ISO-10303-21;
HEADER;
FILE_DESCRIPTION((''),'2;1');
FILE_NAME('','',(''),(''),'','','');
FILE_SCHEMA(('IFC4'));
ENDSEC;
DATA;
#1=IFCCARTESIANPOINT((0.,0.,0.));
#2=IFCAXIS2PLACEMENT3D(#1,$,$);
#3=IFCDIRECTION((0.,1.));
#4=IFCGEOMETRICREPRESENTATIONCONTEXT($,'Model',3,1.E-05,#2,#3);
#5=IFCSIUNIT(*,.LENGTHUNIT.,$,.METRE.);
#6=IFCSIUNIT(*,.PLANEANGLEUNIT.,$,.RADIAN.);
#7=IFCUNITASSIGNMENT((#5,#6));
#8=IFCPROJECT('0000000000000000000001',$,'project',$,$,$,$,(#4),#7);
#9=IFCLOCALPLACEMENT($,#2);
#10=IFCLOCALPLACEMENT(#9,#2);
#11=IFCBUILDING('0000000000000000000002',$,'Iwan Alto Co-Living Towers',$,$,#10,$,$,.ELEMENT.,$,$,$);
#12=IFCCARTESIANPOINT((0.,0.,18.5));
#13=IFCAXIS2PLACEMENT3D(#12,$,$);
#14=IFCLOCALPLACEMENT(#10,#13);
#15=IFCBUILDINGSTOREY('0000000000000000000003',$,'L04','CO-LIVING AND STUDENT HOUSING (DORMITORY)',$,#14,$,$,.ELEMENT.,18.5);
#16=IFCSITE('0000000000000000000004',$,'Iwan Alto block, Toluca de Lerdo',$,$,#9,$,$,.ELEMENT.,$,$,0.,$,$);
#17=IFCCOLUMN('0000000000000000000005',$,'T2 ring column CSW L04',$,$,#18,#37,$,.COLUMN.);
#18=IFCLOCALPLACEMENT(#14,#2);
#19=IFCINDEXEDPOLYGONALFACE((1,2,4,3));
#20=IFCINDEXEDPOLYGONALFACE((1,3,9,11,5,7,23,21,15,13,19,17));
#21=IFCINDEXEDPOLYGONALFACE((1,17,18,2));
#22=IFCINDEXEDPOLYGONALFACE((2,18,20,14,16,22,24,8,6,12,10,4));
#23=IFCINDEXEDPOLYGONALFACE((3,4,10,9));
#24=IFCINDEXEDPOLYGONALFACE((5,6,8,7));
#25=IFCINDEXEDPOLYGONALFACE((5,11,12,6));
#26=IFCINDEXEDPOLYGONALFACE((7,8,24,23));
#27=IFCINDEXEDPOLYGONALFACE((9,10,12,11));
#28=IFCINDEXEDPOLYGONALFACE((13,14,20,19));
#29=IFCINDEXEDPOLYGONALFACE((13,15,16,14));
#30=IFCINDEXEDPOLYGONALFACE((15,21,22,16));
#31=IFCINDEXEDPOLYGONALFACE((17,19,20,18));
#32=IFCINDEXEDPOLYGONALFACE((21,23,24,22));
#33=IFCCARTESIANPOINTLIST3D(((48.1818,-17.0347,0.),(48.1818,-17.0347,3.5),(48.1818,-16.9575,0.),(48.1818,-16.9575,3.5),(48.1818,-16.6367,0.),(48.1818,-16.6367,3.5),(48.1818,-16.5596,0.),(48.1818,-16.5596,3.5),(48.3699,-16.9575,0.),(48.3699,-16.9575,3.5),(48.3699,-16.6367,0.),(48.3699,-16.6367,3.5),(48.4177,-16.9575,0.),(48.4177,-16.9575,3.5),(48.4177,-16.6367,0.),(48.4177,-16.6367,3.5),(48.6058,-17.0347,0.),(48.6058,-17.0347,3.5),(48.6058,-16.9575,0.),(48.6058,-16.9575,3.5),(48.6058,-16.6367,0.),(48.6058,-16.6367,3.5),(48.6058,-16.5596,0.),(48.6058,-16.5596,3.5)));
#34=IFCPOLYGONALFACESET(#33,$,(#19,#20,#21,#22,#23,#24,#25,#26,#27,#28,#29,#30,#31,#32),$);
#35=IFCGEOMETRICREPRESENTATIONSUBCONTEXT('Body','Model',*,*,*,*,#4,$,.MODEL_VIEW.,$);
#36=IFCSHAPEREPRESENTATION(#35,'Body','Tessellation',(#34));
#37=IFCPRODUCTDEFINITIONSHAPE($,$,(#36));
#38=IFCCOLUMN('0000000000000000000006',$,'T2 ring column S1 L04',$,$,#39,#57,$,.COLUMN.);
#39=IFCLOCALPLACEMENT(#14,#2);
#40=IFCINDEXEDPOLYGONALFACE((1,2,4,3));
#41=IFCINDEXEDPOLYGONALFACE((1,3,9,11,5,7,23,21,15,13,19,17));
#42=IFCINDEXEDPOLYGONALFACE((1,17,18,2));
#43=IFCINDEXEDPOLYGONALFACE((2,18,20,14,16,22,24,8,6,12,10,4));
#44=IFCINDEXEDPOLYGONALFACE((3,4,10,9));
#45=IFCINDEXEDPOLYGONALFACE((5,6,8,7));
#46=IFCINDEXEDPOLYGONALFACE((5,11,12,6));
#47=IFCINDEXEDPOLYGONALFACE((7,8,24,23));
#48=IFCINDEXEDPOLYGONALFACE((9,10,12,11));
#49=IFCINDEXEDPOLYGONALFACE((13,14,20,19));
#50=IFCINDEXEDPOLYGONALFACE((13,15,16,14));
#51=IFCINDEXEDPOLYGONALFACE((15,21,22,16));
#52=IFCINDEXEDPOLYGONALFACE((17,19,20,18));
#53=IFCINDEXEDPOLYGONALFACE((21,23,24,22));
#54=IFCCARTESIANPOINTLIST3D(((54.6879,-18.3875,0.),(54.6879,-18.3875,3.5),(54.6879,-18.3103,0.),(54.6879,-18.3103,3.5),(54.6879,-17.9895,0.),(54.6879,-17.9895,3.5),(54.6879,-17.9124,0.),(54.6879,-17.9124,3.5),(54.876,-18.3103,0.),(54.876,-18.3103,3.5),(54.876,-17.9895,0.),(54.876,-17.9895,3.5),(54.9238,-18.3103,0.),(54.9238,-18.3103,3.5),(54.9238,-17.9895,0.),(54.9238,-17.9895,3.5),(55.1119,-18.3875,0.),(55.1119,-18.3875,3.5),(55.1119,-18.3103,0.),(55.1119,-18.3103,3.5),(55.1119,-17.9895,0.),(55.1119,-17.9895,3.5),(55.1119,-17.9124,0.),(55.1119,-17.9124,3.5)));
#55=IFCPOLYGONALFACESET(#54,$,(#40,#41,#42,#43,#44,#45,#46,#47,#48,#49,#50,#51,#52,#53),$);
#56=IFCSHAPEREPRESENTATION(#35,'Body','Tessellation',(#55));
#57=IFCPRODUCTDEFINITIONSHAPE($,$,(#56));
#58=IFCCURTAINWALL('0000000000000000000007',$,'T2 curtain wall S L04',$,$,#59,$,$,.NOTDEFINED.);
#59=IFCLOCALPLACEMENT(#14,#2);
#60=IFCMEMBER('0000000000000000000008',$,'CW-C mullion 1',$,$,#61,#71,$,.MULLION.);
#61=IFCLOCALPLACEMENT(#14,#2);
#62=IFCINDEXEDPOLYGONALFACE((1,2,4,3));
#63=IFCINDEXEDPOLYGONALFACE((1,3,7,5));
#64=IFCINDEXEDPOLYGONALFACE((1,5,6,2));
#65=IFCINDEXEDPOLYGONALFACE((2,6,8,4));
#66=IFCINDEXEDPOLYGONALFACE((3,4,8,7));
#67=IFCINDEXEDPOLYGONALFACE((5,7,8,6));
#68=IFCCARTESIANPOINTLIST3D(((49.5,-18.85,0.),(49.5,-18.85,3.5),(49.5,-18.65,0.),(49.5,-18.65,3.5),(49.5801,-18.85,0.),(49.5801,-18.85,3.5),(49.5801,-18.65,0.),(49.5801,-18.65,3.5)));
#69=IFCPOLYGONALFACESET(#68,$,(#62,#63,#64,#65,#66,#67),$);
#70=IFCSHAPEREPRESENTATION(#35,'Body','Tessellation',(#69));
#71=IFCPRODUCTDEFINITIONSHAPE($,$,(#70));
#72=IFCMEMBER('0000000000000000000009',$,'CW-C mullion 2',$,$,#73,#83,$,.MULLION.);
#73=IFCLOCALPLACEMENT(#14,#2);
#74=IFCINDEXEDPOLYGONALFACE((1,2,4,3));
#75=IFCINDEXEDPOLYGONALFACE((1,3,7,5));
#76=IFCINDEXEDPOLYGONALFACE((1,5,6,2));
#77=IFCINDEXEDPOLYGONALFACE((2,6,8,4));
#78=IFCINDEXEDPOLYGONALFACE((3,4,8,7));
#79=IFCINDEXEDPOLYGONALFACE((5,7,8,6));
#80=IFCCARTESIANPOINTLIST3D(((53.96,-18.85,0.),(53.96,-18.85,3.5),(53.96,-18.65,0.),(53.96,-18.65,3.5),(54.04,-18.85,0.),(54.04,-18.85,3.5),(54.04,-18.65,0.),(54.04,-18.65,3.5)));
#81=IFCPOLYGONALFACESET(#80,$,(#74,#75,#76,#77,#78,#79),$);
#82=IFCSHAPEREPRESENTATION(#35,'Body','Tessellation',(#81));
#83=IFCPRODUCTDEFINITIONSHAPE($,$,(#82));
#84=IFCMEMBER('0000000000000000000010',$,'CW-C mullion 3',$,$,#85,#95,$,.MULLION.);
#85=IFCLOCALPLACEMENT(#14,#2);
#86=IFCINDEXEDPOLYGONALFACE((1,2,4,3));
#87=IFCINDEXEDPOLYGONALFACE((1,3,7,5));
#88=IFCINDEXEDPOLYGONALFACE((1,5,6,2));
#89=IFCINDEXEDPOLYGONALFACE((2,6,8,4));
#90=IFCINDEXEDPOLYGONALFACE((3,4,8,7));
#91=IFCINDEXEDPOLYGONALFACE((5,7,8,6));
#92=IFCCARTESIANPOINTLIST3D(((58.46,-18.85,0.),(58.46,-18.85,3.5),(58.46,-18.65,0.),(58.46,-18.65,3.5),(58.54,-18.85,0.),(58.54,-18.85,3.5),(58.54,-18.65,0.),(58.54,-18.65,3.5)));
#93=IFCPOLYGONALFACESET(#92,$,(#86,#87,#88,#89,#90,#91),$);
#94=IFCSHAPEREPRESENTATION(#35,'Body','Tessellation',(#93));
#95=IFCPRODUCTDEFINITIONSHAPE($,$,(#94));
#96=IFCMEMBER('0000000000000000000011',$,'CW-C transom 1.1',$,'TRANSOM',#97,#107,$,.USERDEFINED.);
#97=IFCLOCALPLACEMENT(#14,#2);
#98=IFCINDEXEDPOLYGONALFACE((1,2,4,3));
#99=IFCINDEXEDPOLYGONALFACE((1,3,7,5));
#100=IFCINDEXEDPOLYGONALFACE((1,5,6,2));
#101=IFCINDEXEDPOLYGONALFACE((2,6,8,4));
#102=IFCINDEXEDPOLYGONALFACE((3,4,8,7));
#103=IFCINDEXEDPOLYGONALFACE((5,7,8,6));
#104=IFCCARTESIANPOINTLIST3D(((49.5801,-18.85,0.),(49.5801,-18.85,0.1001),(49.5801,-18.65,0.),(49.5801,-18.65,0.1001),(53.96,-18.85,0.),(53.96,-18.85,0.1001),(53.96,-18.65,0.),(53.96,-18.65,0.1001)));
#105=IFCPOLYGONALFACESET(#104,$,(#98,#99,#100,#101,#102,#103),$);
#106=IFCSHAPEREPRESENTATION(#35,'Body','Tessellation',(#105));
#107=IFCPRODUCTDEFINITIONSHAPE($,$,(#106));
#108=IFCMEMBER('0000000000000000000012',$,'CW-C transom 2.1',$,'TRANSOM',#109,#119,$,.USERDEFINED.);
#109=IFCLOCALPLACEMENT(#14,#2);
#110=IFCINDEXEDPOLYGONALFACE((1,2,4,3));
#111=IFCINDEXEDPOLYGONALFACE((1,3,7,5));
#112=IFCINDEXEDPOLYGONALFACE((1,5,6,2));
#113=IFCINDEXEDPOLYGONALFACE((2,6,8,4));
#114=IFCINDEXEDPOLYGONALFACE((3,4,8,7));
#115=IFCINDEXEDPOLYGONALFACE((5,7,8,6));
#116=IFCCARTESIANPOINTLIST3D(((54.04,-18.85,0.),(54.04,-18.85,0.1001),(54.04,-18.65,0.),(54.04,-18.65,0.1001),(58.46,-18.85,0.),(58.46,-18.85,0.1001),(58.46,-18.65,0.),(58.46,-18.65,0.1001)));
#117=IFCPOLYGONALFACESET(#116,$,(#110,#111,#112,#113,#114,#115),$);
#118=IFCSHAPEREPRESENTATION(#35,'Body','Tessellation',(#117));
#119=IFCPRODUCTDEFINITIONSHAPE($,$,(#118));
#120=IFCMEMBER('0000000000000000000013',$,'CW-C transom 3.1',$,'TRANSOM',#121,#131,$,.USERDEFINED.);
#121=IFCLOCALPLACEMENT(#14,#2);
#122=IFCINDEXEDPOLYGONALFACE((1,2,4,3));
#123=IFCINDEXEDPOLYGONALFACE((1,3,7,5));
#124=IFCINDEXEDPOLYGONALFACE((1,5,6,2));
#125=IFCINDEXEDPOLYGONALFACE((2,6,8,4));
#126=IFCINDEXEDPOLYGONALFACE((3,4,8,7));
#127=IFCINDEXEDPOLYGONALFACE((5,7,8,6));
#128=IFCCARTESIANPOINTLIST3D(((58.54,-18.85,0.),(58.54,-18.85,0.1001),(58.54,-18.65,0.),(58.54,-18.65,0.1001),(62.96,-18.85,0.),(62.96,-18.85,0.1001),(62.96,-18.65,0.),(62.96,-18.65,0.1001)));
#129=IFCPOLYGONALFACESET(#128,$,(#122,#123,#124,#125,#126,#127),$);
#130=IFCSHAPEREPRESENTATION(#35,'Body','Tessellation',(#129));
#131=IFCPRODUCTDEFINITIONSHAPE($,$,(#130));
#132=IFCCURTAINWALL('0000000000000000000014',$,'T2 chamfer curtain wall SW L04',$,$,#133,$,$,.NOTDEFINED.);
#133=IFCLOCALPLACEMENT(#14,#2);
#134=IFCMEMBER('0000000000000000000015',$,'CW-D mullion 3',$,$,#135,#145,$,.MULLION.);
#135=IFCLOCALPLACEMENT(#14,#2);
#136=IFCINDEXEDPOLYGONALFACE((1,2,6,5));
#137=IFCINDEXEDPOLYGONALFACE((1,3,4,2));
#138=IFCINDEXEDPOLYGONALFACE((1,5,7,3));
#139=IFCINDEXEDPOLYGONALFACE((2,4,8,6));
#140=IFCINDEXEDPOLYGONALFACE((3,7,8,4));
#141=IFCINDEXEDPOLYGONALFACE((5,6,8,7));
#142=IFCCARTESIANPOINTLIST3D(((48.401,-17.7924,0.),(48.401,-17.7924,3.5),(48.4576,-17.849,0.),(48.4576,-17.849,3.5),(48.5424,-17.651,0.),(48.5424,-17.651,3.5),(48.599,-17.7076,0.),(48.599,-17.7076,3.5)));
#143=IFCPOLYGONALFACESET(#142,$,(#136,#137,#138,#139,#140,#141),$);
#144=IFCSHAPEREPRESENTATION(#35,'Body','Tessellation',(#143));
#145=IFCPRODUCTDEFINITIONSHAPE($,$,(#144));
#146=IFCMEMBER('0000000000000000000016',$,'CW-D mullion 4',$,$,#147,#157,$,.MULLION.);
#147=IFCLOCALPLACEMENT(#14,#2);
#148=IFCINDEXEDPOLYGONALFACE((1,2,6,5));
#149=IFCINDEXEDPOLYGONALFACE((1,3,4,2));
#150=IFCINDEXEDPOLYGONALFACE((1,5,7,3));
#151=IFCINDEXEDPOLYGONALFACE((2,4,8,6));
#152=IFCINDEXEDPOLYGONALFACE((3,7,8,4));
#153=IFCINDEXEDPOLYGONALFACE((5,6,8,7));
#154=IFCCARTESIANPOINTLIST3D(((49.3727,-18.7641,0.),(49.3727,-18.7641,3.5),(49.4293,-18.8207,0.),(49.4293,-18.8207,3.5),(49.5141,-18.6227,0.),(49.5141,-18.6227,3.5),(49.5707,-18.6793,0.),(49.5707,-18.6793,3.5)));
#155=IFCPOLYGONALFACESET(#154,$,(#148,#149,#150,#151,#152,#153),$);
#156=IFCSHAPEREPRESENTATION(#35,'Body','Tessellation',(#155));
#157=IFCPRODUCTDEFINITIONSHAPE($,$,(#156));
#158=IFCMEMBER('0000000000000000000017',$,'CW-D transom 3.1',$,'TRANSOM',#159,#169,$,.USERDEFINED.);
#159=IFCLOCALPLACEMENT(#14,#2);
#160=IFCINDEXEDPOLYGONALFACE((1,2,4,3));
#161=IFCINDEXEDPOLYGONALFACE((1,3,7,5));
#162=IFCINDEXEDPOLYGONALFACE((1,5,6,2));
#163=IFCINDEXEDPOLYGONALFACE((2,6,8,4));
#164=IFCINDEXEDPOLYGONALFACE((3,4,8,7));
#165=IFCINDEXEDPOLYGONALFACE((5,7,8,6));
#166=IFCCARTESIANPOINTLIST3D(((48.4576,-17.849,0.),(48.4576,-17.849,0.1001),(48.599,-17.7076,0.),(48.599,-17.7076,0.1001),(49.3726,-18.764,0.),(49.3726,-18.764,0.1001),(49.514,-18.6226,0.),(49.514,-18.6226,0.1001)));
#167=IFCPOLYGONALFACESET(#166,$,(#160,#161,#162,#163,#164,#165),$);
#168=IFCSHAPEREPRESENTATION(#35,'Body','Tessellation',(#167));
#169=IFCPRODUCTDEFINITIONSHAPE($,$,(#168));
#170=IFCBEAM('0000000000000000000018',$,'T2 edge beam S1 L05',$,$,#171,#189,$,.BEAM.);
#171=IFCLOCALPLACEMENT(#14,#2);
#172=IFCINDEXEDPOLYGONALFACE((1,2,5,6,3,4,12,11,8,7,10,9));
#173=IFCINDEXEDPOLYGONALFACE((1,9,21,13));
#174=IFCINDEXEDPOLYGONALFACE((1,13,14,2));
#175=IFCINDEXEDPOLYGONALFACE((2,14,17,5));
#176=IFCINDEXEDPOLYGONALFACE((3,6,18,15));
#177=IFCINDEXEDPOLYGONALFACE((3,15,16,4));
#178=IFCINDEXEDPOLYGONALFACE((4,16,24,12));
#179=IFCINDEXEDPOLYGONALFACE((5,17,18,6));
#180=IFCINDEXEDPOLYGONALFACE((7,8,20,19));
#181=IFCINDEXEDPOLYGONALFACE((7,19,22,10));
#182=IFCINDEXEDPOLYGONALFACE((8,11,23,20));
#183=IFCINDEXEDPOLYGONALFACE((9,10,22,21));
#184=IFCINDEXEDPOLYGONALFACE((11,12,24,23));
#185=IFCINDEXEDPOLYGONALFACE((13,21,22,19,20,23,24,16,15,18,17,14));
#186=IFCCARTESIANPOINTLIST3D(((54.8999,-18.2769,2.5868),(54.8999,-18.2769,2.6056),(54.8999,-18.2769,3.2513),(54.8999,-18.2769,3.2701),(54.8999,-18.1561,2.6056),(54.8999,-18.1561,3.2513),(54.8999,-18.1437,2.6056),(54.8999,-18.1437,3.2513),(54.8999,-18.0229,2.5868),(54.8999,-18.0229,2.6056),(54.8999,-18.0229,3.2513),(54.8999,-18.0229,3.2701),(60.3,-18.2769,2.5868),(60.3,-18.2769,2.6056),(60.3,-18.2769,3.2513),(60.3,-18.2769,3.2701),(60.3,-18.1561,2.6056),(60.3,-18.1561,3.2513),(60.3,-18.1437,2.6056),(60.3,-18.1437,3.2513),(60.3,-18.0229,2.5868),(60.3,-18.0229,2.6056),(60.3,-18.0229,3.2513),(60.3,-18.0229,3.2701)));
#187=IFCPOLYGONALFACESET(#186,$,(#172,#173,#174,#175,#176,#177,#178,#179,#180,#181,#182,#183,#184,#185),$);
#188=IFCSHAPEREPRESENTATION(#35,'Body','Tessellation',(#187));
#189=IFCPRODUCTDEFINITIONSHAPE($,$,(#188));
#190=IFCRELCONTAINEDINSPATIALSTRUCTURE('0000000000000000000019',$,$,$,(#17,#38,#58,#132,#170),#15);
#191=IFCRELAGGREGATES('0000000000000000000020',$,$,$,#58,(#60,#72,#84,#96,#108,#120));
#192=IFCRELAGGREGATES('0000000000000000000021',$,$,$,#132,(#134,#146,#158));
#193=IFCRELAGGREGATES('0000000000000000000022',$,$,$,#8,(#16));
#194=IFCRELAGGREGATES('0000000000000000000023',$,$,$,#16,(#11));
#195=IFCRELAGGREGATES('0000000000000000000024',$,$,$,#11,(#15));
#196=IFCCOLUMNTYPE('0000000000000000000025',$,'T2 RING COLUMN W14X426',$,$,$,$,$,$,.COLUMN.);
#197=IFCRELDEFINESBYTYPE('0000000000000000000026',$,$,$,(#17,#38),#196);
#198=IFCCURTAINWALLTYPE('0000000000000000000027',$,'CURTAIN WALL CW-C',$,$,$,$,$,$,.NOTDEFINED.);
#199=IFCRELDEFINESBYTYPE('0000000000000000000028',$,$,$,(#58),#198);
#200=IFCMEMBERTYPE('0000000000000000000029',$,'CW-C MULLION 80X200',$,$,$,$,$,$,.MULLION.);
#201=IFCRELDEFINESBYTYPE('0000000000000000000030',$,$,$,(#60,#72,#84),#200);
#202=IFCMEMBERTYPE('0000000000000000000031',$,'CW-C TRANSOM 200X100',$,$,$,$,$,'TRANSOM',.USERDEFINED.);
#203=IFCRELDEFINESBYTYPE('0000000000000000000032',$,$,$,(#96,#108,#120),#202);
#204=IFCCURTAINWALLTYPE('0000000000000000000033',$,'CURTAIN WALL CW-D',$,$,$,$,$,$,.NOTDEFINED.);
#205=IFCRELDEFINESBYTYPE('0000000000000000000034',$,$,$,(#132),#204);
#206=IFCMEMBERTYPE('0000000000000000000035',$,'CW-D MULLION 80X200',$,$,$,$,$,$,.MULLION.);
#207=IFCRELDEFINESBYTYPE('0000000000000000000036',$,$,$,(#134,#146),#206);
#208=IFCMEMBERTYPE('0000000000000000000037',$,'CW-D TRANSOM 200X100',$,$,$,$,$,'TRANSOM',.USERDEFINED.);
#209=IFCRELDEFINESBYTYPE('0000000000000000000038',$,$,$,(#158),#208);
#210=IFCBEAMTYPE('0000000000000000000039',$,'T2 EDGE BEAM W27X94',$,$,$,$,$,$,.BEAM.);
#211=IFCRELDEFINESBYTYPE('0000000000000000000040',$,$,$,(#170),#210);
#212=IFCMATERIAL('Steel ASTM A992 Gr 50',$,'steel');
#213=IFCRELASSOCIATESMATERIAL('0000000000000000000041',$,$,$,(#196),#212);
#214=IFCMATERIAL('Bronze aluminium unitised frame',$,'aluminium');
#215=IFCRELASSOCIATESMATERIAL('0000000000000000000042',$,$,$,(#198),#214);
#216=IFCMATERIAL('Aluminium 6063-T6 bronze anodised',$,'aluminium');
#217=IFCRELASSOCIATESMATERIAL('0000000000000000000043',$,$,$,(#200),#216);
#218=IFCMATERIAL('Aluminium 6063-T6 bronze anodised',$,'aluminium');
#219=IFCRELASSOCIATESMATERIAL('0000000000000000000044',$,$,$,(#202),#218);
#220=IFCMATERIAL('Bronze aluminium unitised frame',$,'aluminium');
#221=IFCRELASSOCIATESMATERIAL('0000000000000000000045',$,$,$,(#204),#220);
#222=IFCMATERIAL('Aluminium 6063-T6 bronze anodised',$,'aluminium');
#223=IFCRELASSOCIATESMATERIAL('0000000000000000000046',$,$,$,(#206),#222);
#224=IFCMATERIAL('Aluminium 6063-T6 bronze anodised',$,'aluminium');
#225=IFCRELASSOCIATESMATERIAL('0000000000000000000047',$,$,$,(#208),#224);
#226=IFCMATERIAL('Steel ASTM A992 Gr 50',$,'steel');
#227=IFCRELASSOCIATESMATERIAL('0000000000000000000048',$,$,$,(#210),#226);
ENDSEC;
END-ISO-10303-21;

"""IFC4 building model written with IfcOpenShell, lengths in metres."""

from ifc_helpers import new_model, si_unit, direction, frame, origin, origin_2d, place, context, subcontext, project, spatial, rectangle, i_section, extrude, material, material_profile, profile_set, type_object, element, aggregate, save


model = new_model("IFC4")

# Units and contexts
model_context = context("Model", 3, precision=1e-05, world=origin(), true_north=direction((0.0, 1.0)))
body_context = subcontext(model_context, "Body", "Model", "MODEL_VIEW")
ifc_project = project(units=[si_unit("LENGTHUNIT", "METRE"), si_unit("PLANEANGLEUNIT", "RADIAN")], contexts=[model_context])

# Site, building, storey
site_placement = place(None, origin())
site = spatial("IfcSite", under=ifc_project, at=site_placement, Name="Iwan Alto block, Toluca de Lerdo", CompositionType="ELEMENT", RefElevation=0.0)
building_placement = place(site_placement, origin())
building = spatial("IfcBuilding", under=site, at=building_placement, Name="Iwan Alto Co-Living Towers", CompositionType="ELEMENT")
storey_placement = place(building_placement, frame((0.0, 0.0, 18.5)))
storey = spatial("IfcBuildingStorey", under=building, at=storey_placement, Name="L04", Description="CO-LIVING AND STUDENT HOUSING (DORMITORY)", CompositionType="ELEMENT", Elevation=18.5)

# Columns
ifc_material_1 = material(Name="Steel ASTM A992 Gr 50", Category="steel")
ifc_material_profile_1 = material_profile(ifc_material_1, i_section(OverallWidth=0.4241, OverallDepth=0.4751, WebThickness=0.0479, FlangeThickness=0.0771, at=origin_2d()), Name="W14X426")
ifc_profile_set_1 = profile_set([ifc_material_profile_1], Name="Steel ASTM A992 Gr 50")
column_type = type_object("IfcColumnType", Name="T2 RING COLUMN W14X426", PredefinedType="COLUMN", material=ifc_profile_set_1)
for number, where, z_axis, x_axis, name in (
    (1, (48.3938, -16.7971, 0.0), (0.0, 0.0, 1.0), (1.0, 0.0, 0.0), "T2 ring column CSW L04"),
    (2, (54.8999, -18.1499, 0.0), (0.0, 0.0, 1.0), (1.0, 0.0, 0.0), "T2 ring column S1 L04"),
):
    element("IfcColumn", number, at=place(storey_placement, frame(where, z_axis=z_axis, x_axis=x_axis)), inside=storey, type_object=column_type, Name=name, PredefinedType="COLUMN", context=body_context, shape_type="SweptSolid", body=[
        extrude(i_section(OverallWidth=0.4241, OverallDepth=0.4751, WebThickness=0.0479, FlangeThickness=0.0771, at=origin_2d()), origin(), (0.0, 0.0, 1.0), 3.5),
    ])

# Curtain walls, members
ifc_material_2 = material(Name="Bronze aluminium unitised frame", Category="aluminium")
curtain_wall_type_1 = type_object("IfcCurtainWallType", Name="CURTAIN WALL CW-C", PredefinedType="NOTDEFINED", material=ifc_material_2)
curtain_wall_1_placement = place(storey_placement, origin())
curtain_wall_1 = element("IfcCurtainWall", 3, at=curtain_wall_1_placement, inside=storey, type_object=curtain_wall_type_1, Name="T2 curtain wall S L04", PredefinedType="NOTDEFINED")
ifc_material_3 = material(Name="Aluminium 6063-T6 bronze anodised", Category="aluminium")
ifc_material_profile_2 = material_profile(ifc_material_3, rectangle(XDim=0.2, YDim=0.0801, at=origin_2d()), Name="AL 80X200")
ifc_profile_set_2 = profile_set([ifc_material_profile_2], Name="Aluminium 6063-T6 bronze anodised")
member_type_1 = type_object("IfcMemberType", Name="CW-C MULLION 80X200", PredefinedType="MULLION", material=ifc_profile_set_2)
member_1_placement = place(storey_placement, frame((49.54, -18.75, 0.0), z_axis=(0.0, 0.0, 1.0), x_axis=(0.0, 1.0, 0.0)))
member_1 = element("IfcMember", 4, at=member_1_placement, type_object=member_type_1, Name="CW-C mullion 1", PredefinedType="MULLION", context=body_context, shape_type="SweptSolid", body=[
    extrude(rectangle(XDim=0.2, YDim=0.0801, at=origin_2d()), origin(), (0.0, 0.0, 1.0), 3.5),
])
member_2_placement = place(storey_placement, frame((54.0, -18.75, 0.0), z_axis=(0.0, 0.0, 1.0), x_axis=(0.0, 1.0, 0.0)))
member_2 = element("IfcMember", 5, at=member_2_placement, type_object=member_type_1, Name="CW-C mullion 2", PredefinedType="MULLION", context=body_context, shape_type="SweptSolid", body=[
    extrude(rectangle(XDim=0.2, YDim=0.0801, at=origin_2d()), origin(), (0.0, 0.0, 1.0), 3.5),
])
member_3_placement = place(storey_placement, frame((58.5, -18.75, 0.0), z_axis=(0.0, 0.0, 1.0), x_axis=(0.0, 1.0, 0.0)))
member_3 = element("IfcMember", 6, at=member_3_placement, type_object=member_type_1, Name="CW-C mullion 3", PredefinedType="MULLION", context=body_context, shape_type="SweptSolid", body=[
    extrude(rectangle(XDim=0.2, YDim=0.0801, at=origin_2d()), origin(), (0.0, 0.0, 1.0), 3.5),
])
ifc_material_4 = material(Name="Aluminium 6063-T6 bronze anodised", Category="aluminium")
ifc_material_profile_3 = material_profile(ifc_material_4, rectangle(XDim=0.2, YDim=0.1001, at=origin_2d()), Name="AL 200X100")
ifc_profile_set_3 = profile_set([ifc_material_profile_3], Name="Aluminium 6063-T6 bronze anodised")
member_type_2 = type_object("IfcMemberType", Name="CW-C TRANSOM 200X100", ElementType="TRANSOM", PredefinedType="USERDEFINED", material=ifc_profile_set_3)
member_4_placement = place(storey_placement, frame((49.5801, -18.75, 0.05), z_axis=(1.0, 0.0, 0.0), x_axis=(0.0, 1.0, 0.0)))
member_4 = element("IfcMember", 7, at=member_4_placement, type_object=member_type_2, Name="CW-C transom 1.1", ObjectType="TRANSOM", PredefinedType="USERDEFINED", context=body_context, shape_type="SweptSolid", body=[
    extrude(rectangle(XDim=0.2, YDim=0.1001, at=origin_2d()), origin(), (0.0, 0.0, 1.0), 4.3799),
])
member_5_placement = place(storey_placement, frame((54.04, -18.75, 0.05), z_axis=(1.0, 0.0, 0.0), x_axis=(0.0, 1.0, 0.0)))
member_5 = element("IfcMember", 8, at=member_5_placement, type_object=member_type_2, Name="CW-C transom 2.1", ObjectType="TRANSOM", PredefinedType="USERDEFINED", context=body_context, shape_type="SweptSolid", body=[
    extrude(rectangle(XDim=0.2, YDim=0.1001, at=origin_2d()), origin(), (0.0, 0.0, 1.0), 4.4199),
])
member_6_placement = place(storey_placement, frame((58.54, -18.75, 0.05), z_axis=(1.0, 0.0, 0.0), x_axis=(0.0, 1.0, 0.0)))
member_6 = element("IfcMember", 9, at=member_6_placement, type_object=member_type_2, Name="CW-C transom 3.1", ObjectType="TRANSOM", PredefinedType="USERDEFINED", context=body_context, shape_type="SweptSolid", body=[
    extrude(rectangle(XDim=0.2, YDim=0.1001, at=origin_2d()), origin(), (0.0, 0.0, 1.0), 4.4199),
])
ifc_material_5 = material(Name="Bronze aluminium unitised frame", Category="aluminium")
curtain_wall_type_2 = type_object("IfcCurtainWallType", Name="CURTAIN WALL CW-D", PredefinedType="NOTDEFINED", material=ifc_material_5)
curtain_wall_2_placement = place(storey_placement, origin())
curtain_wall_2 = element("IfcCurtainWall", 10, at=curtain_wall_2_placement, inside=storey, type_object=curtain_wall_type_2, Name="T2 chamfer curtain wall SW L04", PredefinedType="NOTDEFINED")
ifc_material_6 = material(Name="Aluminium 6063-T6 bronze anodised", Category="aluminium")
ifc_material_profile_4 = material_profile(ifc_material_6, rectangle(XDim=0.2, YDim=0.0801, at=origin_2d()), Name="AL 80X200")
ifc_profile_set_4 = profile_set([ifc_material_profile_4], Name="Aluminium 6063-T6 bronze anodised")
member_type_3 = type_object("IfcMemberType", Name="CW-D MULLION 80X200", PredefinedType="MULLION", material=ifc_profile_set_4)
member_7_placement = place(storey_placement, frame((48.5, -17.75, 0.0), z_axis=(0.0, 0.0, 1.0), x_axis=(0.707107, 0.707107, 0.0)))
member_7 = element("IfcMember", 11, at=member_7_placement, type_object=member_type_3, Name="CW-D mullion 3", PredefinedType="MULLION", context=body_context, shape_type="SweptSolid", body=[
    extrude(rectangle(XDim=0.2, YDim=0.0801, at=origin_2d()), origin(), (0.0, 0.0, 1.0), 3.5),
])
member_8_placement = place(storey_placement, frame((49.4717, -18.7217, 0.0), z_axis=(0.0, 0.0, 1.0), x_axis=(0.707107, 0.707107, 0.0)))
member_8 = element("IfcMember", 12, at=member_8_placement, type_object=member_type_3, Name="CW-D mullion 4", PredefinedType="MULLION", context=body_context, shape_type="SweptSolid", body=[
    extrude(rectangle(XDim=0.2, YDim=0.0801, at=origin_2d()), origin(), (0.0, 0.0, 1.0), 3.5),
])
ifc_material_7 = material(Name="Aluminium 6063-T6 bronze anodised", Category="aluminium")
ifc_material_profile_5 = material_profile(ifc_material_7, rectangle(XDim=0.2, YDim=0.1001, at=origin_2d()), Name="AL 200X100")
ifc_profile_set_5 = profile_set([ifc_material_profile_5], Name="Aluminium 6063-T6 bronze anodised")
member_type_4 = type_object("IfcMemberType", Name="CW-D TRANSOM 200X100", ElementType="TRANSOM", PredefinedType="USERDEFINED", material=ifc_profile_set_5)
member_9_placement = place(storey_placement, frame((48.5283, -17.7783, 0.05), z_axis=(0.707107, -0.707107, 0.0), x_axis=(0.707107, 0.707107, 0.0)))
member_9 = element("IfcMember", 13, at=member_9_placement, type_object=member_type_4, Name="CW-D transom 3.1", ObjectType="TRANSOM", PredefinedType="USERDEFINED", context=body_context, shape_type="SweptSolid", body=[
    extrude(rectangle(XDim=0.2, YDim=0.1001, at=origin_2d()), origin(), (0.0, 0.0, 1.0), 1.2939),
])

# Beam
ifc_material_8 = material(Name="Steel ASTM A992 Gr 50", Category="steel")
ifc_material_profile_6 = material_profile(ifc_material_8, i_section(OverallWidth=0.2539, OverallDepth=0.6833, WebThickness=0.0125, FlangeThickness=0.0188, at=origin_2d()), Name="W27X94")
ifc_profile_set_6 = profile_set([ifc_material_profile_6], Name="Steel ASTM A992 Gr 50")
beam_type_1 = type_object("IfcBeamType", Name="T2 EDGE BEAM W27X94", PredefinedType="BEAM", material=ifc_profile_set_6)
beam_1_placement = place(storey_placement, frame((54.8999, -18.1499, 2.9285), z_axis=(1.0, 0.0, 0.0), x_axis=(0.0, 1.0, 0.0)))
element("IfcBeam", 14, at=beam_1_placement, inside=storey, type_object=beam_type_1, Name="T2 edge beam S1 L05", PredefinedType="BEAM", context=body_context, shape_type="SweptSolid", body=[
    extrude(i_section(OverallWidth=0.2539, OverallDepth=0.6833, WebThickness=0.0125, FlangeThickness=0.0188, at=origin_2d()), origin(), (0.0, 0.0, 1.0), 5.4001),
])

aggregate(curtain_wall_1, [member_1, member_2, member_3, member_4, member_5, member_6])
aggregate(curtain_wall_2, [member_7, member_8, member_9])

save(model, "model.ifc")
